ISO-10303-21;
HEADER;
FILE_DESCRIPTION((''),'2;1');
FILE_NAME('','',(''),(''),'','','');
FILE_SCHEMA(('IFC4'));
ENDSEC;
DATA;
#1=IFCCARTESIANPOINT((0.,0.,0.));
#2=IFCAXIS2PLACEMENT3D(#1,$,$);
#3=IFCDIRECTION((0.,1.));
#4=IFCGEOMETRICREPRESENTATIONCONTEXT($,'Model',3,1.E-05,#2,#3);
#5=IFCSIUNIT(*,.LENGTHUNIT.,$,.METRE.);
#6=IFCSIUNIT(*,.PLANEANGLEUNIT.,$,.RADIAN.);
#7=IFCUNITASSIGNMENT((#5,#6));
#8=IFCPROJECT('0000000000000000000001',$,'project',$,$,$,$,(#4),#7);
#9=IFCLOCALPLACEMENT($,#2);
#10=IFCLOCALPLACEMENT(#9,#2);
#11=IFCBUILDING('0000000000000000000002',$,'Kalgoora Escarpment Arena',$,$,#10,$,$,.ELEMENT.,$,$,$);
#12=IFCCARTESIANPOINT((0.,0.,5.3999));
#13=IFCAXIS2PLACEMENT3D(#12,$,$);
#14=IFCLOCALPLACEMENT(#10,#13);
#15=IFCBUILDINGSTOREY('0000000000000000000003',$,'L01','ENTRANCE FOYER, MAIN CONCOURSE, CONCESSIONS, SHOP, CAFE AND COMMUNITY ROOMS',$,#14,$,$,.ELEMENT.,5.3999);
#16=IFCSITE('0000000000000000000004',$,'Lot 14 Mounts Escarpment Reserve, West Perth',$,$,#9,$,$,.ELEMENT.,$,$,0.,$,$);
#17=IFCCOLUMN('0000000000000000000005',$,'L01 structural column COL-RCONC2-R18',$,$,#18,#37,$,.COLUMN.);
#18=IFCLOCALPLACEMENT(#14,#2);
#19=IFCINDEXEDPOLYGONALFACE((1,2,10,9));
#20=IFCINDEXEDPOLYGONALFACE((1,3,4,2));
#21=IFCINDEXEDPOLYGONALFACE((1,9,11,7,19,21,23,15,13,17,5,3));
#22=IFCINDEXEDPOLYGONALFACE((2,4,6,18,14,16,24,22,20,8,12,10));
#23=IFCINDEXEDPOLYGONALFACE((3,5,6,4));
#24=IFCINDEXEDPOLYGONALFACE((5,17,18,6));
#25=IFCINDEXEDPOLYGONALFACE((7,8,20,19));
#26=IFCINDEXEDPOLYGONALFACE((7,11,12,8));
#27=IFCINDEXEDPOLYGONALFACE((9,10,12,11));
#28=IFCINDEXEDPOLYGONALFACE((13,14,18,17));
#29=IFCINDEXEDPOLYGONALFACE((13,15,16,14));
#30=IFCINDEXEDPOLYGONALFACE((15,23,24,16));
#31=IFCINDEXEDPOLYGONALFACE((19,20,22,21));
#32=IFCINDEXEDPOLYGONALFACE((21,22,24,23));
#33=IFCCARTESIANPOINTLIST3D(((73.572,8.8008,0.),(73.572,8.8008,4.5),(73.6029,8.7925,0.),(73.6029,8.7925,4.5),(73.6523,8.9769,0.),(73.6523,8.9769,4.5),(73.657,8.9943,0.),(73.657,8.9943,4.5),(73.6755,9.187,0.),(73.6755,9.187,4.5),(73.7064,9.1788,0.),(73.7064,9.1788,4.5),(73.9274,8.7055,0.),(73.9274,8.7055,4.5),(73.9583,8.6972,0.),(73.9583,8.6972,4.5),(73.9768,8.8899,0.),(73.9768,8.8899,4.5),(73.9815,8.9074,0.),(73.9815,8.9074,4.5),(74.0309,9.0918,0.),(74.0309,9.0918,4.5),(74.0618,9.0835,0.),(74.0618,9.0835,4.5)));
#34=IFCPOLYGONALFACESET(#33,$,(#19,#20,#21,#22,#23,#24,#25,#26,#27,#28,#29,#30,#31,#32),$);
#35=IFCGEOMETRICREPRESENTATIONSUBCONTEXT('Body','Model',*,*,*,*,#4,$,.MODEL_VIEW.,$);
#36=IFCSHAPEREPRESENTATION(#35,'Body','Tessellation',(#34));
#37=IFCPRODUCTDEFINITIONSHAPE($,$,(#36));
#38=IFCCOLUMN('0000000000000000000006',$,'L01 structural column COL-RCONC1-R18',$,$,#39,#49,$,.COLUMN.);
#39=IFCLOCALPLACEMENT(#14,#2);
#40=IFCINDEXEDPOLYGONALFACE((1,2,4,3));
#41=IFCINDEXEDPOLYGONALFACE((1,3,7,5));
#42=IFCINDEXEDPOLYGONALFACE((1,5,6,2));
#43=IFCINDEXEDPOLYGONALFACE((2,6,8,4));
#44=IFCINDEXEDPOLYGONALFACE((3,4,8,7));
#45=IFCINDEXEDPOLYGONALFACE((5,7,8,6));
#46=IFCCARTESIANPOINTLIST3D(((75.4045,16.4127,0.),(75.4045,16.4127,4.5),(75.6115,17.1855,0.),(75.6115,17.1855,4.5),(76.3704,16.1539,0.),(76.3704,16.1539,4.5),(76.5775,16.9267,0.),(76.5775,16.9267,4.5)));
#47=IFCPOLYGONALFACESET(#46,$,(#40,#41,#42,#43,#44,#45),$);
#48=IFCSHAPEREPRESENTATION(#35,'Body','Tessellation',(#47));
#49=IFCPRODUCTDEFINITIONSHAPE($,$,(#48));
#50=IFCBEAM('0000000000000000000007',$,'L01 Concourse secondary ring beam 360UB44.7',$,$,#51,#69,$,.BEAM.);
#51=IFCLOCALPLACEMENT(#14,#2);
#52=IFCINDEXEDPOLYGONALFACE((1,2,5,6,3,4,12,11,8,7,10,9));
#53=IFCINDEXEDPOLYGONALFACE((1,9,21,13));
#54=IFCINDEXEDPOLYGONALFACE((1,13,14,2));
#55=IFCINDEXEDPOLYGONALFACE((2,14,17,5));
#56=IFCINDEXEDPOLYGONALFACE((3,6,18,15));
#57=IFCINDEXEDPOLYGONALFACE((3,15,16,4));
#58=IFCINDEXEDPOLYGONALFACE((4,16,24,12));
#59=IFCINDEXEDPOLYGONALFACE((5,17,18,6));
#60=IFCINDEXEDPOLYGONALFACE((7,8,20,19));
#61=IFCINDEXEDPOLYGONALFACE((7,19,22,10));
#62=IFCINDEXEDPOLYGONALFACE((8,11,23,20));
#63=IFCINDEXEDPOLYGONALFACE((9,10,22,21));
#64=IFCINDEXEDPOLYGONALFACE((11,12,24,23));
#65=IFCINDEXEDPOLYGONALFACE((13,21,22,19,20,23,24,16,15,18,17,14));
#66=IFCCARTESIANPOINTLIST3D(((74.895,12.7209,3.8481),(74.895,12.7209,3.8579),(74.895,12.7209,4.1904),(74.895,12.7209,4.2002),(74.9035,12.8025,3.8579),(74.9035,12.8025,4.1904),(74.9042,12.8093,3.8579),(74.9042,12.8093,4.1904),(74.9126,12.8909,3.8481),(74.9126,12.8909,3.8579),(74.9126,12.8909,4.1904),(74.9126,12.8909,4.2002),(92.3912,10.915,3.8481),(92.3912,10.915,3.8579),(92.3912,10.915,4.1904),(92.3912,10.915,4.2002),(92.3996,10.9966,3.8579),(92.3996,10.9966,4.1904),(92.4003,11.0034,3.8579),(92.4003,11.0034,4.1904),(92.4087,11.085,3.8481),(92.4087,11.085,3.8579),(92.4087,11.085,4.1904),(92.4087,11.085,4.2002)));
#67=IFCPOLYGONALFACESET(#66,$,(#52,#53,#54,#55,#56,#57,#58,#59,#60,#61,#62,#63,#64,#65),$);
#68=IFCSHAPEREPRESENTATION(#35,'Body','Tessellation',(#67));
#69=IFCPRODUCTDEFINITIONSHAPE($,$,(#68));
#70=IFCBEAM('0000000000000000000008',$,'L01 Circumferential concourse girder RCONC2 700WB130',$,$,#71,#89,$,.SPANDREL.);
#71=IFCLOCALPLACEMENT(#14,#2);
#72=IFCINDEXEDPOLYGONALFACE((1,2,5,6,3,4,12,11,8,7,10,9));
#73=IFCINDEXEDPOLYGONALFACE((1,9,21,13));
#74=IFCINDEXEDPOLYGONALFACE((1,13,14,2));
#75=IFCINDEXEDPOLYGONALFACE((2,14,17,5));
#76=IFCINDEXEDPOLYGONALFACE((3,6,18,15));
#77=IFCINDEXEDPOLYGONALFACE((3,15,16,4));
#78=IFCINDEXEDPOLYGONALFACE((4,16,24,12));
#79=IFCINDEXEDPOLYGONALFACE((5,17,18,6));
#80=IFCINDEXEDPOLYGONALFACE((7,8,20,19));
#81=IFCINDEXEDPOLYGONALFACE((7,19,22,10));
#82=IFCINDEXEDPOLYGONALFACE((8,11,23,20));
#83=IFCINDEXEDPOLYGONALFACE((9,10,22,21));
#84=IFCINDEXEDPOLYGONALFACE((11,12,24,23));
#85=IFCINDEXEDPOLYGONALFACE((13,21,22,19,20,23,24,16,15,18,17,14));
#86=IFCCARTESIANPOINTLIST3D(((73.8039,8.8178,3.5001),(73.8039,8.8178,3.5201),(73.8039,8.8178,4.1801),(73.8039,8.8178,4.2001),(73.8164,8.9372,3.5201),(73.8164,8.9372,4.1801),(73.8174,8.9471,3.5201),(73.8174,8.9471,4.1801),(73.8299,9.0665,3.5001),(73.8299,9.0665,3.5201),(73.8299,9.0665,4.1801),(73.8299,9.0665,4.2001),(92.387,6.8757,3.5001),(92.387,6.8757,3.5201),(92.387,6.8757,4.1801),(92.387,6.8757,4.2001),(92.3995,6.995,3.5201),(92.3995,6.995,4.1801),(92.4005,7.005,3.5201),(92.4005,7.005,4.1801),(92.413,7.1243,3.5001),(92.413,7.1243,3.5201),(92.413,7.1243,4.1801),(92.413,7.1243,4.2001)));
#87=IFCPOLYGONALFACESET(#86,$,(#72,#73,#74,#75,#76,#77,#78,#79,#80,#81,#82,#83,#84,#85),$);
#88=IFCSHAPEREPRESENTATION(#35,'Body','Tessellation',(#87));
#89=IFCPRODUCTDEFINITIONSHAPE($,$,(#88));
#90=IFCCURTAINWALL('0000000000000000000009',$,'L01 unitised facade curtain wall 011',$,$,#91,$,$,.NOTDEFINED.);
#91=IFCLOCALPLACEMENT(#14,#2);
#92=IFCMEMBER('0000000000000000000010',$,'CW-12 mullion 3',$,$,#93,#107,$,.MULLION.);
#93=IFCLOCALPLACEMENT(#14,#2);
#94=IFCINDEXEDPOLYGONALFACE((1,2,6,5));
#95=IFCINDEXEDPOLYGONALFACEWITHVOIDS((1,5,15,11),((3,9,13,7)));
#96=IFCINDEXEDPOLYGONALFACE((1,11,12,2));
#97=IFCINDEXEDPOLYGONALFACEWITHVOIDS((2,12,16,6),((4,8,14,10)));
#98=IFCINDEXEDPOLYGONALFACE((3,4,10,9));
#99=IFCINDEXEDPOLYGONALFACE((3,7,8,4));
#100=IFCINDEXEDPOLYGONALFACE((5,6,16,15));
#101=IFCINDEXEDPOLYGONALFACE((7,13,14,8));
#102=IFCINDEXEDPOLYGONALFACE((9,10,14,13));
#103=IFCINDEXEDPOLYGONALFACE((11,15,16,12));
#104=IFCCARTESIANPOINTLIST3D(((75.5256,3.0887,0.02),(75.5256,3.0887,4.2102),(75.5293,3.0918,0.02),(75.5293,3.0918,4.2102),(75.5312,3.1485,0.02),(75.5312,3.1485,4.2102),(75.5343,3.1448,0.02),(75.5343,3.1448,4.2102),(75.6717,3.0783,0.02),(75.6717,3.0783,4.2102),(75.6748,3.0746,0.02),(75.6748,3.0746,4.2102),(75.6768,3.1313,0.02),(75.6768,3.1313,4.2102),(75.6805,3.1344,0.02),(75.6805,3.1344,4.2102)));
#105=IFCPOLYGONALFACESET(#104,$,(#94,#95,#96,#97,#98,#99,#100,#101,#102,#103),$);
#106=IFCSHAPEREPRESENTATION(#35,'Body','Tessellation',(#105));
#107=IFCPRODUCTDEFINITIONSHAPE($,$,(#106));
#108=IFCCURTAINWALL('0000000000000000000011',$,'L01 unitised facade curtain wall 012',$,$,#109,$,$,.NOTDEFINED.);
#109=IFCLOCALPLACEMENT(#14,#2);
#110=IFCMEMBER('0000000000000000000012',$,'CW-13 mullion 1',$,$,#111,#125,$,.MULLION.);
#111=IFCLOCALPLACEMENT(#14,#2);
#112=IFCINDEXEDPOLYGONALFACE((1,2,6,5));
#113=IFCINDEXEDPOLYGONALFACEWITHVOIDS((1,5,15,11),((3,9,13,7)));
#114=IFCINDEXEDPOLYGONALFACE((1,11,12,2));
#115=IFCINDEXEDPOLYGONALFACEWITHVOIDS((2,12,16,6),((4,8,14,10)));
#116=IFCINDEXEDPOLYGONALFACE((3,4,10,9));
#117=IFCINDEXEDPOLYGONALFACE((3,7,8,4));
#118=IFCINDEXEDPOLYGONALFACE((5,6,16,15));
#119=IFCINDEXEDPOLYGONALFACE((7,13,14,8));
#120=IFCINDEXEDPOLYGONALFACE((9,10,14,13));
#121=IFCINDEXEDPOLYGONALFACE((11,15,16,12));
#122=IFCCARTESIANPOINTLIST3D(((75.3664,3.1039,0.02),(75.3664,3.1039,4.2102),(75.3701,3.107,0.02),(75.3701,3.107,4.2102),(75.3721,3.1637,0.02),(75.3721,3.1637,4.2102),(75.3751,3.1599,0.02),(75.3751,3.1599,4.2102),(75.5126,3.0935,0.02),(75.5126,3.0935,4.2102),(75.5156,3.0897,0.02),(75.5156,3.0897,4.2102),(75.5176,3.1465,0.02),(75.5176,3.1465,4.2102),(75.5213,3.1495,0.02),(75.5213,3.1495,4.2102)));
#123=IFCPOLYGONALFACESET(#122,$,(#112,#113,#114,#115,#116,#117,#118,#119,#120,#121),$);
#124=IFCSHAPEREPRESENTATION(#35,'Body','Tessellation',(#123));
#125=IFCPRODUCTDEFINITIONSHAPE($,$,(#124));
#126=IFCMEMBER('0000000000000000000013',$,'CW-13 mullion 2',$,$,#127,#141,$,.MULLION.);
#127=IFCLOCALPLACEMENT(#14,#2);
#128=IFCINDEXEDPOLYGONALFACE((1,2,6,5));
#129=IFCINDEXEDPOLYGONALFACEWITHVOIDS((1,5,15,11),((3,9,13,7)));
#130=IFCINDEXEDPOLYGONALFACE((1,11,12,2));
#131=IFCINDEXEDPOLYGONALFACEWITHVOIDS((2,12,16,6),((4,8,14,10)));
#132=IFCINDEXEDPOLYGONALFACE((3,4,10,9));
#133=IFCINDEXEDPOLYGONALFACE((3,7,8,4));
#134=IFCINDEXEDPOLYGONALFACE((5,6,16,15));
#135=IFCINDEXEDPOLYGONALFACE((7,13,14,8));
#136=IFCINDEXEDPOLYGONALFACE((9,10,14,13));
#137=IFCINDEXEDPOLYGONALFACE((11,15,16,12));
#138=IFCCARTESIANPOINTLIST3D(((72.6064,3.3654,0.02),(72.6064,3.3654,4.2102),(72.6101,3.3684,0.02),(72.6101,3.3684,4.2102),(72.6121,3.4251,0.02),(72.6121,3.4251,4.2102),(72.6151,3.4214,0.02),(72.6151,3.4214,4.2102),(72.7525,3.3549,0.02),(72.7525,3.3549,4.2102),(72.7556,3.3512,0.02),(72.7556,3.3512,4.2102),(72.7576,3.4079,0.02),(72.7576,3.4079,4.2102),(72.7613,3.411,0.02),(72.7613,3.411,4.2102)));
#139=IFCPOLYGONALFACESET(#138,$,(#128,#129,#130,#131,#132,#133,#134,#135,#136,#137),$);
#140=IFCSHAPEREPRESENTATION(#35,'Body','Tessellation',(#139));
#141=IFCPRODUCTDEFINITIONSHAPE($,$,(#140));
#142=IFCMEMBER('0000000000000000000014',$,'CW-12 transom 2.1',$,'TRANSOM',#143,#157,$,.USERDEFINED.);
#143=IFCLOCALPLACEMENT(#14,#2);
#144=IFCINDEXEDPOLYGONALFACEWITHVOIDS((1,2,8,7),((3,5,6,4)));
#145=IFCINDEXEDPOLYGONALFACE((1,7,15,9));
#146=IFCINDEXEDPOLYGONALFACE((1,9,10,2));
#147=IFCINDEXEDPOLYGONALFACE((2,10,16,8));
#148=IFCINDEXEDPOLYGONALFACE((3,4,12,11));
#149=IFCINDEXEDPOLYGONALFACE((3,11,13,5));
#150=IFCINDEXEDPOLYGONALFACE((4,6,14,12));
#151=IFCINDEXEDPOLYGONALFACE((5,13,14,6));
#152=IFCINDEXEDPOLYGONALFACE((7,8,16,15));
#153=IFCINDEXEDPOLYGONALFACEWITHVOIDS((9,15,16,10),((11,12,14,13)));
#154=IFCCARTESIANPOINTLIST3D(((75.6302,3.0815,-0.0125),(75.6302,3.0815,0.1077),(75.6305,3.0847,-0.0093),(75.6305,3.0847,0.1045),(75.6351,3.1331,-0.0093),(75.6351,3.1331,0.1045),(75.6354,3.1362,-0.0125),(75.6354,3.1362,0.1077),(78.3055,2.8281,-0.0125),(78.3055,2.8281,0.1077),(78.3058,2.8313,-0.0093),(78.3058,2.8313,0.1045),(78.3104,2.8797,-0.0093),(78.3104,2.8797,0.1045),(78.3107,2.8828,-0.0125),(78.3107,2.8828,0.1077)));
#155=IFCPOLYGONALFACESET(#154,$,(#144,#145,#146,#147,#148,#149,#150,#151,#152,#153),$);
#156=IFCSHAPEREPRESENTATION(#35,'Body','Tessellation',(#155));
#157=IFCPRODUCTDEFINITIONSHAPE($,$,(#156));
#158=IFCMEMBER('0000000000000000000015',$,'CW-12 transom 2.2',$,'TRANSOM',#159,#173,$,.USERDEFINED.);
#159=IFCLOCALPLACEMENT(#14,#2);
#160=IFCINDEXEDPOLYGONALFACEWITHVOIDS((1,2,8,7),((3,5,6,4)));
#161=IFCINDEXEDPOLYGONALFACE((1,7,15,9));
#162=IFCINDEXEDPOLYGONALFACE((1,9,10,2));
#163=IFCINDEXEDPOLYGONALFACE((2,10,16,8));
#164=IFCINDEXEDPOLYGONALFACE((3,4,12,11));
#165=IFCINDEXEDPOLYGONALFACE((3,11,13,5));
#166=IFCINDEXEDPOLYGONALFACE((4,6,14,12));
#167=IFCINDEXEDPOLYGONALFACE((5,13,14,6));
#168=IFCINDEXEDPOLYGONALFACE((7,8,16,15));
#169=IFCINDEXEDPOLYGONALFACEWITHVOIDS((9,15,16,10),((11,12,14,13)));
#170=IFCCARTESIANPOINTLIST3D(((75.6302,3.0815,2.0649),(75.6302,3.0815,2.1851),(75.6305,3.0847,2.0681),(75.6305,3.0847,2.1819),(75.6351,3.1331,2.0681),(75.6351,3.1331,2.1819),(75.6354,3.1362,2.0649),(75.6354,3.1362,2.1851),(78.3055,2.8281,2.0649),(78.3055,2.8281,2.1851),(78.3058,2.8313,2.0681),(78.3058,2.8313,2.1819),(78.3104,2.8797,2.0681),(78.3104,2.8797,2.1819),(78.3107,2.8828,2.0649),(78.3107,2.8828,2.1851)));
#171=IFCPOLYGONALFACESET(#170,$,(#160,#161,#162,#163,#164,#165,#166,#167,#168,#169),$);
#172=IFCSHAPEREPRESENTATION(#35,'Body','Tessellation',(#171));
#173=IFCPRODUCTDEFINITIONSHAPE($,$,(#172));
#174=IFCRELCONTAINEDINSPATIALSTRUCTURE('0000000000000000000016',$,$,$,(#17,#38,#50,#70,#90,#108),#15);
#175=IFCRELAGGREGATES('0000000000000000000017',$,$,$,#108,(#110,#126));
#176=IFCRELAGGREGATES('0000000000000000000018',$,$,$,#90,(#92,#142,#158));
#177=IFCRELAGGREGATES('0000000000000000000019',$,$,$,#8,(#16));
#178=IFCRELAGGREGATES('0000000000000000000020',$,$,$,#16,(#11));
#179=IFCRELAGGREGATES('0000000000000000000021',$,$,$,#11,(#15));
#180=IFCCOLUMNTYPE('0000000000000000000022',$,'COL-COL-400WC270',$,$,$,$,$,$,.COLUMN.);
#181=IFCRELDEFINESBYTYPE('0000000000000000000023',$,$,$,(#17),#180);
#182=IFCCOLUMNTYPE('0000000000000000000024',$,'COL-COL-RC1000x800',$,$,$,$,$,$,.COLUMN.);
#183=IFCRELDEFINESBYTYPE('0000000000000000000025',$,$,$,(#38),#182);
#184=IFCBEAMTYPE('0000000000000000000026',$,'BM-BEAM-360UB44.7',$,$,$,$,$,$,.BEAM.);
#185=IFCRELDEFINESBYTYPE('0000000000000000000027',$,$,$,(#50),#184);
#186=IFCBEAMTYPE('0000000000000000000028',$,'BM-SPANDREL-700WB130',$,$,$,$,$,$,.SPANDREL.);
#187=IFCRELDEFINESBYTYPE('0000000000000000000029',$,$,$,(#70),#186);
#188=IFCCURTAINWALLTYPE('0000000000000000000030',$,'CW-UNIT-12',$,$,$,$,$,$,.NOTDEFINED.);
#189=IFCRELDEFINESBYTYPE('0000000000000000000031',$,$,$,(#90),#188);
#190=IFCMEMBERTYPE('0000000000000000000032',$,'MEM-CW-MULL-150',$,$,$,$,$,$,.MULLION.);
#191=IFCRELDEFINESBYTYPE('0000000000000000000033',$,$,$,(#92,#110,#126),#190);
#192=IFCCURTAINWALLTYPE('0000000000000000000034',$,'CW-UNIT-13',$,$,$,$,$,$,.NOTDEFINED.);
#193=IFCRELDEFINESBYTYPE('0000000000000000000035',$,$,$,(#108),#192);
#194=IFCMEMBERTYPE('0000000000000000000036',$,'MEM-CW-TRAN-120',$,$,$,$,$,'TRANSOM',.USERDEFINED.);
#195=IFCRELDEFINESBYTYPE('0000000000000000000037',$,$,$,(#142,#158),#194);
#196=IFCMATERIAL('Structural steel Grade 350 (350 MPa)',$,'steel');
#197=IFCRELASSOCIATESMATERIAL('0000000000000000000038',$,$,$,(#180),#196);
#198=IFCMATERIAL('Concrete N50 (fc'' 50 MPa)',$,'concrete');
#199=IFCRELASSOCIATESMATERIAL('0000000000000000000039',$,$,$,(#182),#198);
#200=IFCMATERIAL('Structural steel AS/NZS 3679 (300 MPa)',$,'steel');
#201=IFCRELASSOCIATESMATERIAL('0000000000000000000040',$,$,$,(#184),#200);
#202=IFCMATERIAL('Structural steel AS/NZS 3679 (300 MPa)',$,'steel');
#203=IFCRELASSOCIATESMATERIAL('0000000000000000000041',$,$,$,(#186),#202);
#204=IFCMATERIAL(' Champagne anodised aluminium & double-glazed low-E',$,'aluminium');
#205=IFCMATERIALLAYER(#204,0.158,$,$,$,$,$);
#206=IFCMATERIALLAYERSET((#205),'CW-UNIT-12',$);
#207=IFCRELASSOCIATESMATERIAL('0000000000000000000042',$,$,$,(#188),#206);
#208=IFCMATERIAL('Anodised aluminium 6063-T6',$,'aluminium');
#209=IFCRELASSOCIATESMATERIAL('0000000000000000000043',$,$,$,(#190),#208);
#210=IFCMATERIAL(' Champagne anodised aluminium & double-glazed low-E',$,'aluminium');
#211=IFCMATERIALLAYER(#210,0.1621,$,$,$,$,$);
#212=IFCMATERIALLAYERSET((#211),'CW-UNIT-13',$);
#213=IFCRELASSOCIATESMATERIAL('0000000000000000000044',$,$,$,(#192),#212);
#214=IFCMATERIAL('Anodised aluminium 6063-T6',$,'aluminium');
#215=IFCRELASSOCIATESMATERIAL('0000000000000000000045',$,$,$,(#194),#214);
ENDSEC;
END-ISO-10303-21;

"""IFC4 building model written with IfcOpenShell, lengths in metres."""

from ifc_helpers import new_model, si_unit, direction, frame, origin, origin_2d, place, context, subcontext, project, spatial, rectangle, hollow_rectangle, i_section, extrude, material, layer, layer_set, material_profile, profile_set, type_object, element, aggregate, save


model = new_model("IFC4")

# Units and contexts
model_context = context("Model", 3, precision=1e-05, world=origin(), true_north=direction((0.0, 1.0)))
body_context = subcontext(model_context, "Body", "Model", "MODEL_VIEW")
ifc_project = project(units=[si_unit("LENGTHUNIT", "METRE"), si_unit("PLANEANGLEUNIT", "RADIAN")], contexts=[model_context])

# Site, building, storey
site_placement = place(None, origin())
site = spatial("IfcSite", under=ifc_project, at=site_placement, Name="Lot 14 Mounts Escarpment Reserve, West Perth", CompositionType="ELEMENT", RefElevation=0.0)
building_placement = place(site_placement, origin())
building = spatial("IfcBuilding", under=site, at=building_placement, Name="Kalgoora Escarpment Arena", CompositionType="ELEMENT")
storey_placement = place(building_placement, frame((0.0, 0.0, 5.3999)))
storey = spatial("IfcBuildingStorey", under=building, at=storey_placement, Name="L01", Description="ENTRANCE FOYER, MAIN CONCOURSE, CONCESSIONS, SHOP, CAFE AND COMMUNITY ROOMS", CompositionType="ELEMENT", Elevation=5.3999)

# Columns
ifc_material_1 = material(Name="Structural steel Grade 350 (350 MPa)", Category="steel")
ifc_material_profile_1 = material_profile(ifc_material_1, i_section(OverallWidth=0.3999, OverallDepth=0.3999, WebThickness=0.0181, FlangeThickness=0.032, at=origin_2d()))
ifc_profile_set_1 = profile_set([ifc_material_profile_1], Name="Structural steel Grade 350 (350 MPa)")
column_type_1 = type_object("IfcColumnType", Name="COL-COL-400WC270", PredefinedType="COLUMN", material=ifc_profile_set_1)
column_1_placement = place(storey_placement, frame((73.8169, 8.9421, 0.0), z_axis=(0.0, 0.0, 1.0), x_axis=(-0.258819, -0.965926, 0.0)))
element("IfcColumn", 1, at=column_1_placement, inside=storey, type_object=column_type_1, Name="L01 structural column COL-RCONC2-R18", PredefinedType="COLUMN", context=body_context, shape_type="SweptSolid", body=[
    extrude(i_section(OverallWidth=0.3999, OverallDepth=0.3999, WebThickness=0.0181, FlangeThickness=0.032, at=origin_2d()), origin(), (0.0, 0.0, 1.0), 4.5),
])
ifc_material_2 = material(Name="Concrete N50 (fc' 50 MPa)", Category="concrete")
ifc_material_profile_2 = material_profile(ifc_material_2, rectangle(XDim=0.8, YDim=1.0, at=origin_2d()))
ifc_profile_set_2 = profile_set([ifc_material_profile_2], Name="Concrete N50 (fc' 50 MPa)")
column_type_2 = type_object("IfcColumnType", Name="COL-COL-RC1000x800", PredefinedType="COLUMN", material=ifc_profile_set_2)
column_2_placement = place(storey_placement, frame((75.991, 16.6697, 0.0), z_axis=(0.0, 0.0, 1.0), x_axis=(-0.258819, -0.965926, 0.0)))
element("IfcColumn", 2, at=column_2_placement, inside=storey, type_object=column_type_2, Name="L01 structural column COL-RCONC1-R18", PredefinedType="COLUMN", context=body_context, shape_type="SweptSolid", body=[
    extrude(rectangle(XDim=0.8, YDim=1.0, at=origin_2d()), origin(), (0.0, 0.0, 1.0), 4.5),
])

# Beams
ifc_material_3 = material(Name="Structural steel AS/NZS 3679 (300 MPa)", Category="steel")
ifc_material_profile_3 = material_profile(ifc_material_3, i_section(OverallWidth=0.1709, OverallDepth=0.3521, WebThickness=0.0068, FlangeThickness=0.0098, at=origin_2d()))
ifc_profile_set_3 = profile_set([ifc_material_profile_3], Name="Structural steel AS/NZS 3679 (300 MPa)")
beam_type_1 = type_object("IfcBeamType", Name="BM-BEAM-360UB44.7", PredefinedType="BEAM", material=ifc_profile_set_3)
beam_1_placement = place(storey_placement, frame((74.9038, 12.8059, 4.0242), z_axis=(0.994715, -0.102672, 0.0), x_axis=(0.102672, 0.994715, 0.0)))
element("IfcBeam", 3, at=beam_1_placement, inside=storey, type_object=beam_type_1, Name="L01 Concourse secondary ring beam 360UB44.7", PredefinedType="BEAM", context=body_context, shape_type="SweptSolid", body=[
    extrude(i_section(OverallWidth=0.1709, OverallDepth=0.3521, WebThickness=0.0068, FlangeThickness=0.0098, at=origin_2d()), origin(), (0.0, 0.0, 1.0), 17.5891),
])
ifc_material_4 = material(Name="Structural steel AS/NZS 3679 (300 MPa)", Category="steel")
ifc_material_profile_4 = material_profile(ifc_material_4, i_section(OverallWidth=0.25, OverallDepth=0.7, WebThickness=0.01, FlangeThickness=0.02, at=origin_2d()))
ifc_profile_set_4 = profile_set([ifc_material_profile_4], Name="Structural steel AS/NZS 3679 (300 MPa)")
beam_type_2 = type_object("IfcBeamType", Name="BM-SPANDREL-700WB130", PredefinedType="SPANDREL", material=ifc_profile_set_4)
beam_2_placement = place(storey_placement, frame((73.8169, 8.9421, 3.8501), z_axis=(0.994583, -0.103945, 0.0), x_axis=(0.103945, 0.994583, 0.0)))
element("IfcBeam", 4, at=beam_2_placement, inside=storey, type_object=beam_type_2, Name="L01 Circumferential concourse girder RCONC2 700WB130", PredefinedType="SPANDREL", context=body_context, shape_type="SweptSolid", body=[
    extrude(i_section(OverallWidth=0.25, OverallDepth=0.7, WebThickness=0.01, FlangeThickness=0.02, at=origin_2d()), origin(), (0.0, 0.0, 1.0), 18.6843),
])

# Curtain wall, member
ifc_material_5 = material(Name=" Champagne anodised aluminium & double-glazed low-E", Category="aluminium")
ifc_layer_1 = layer(ifc_material_5, 0.158)
ifc_layer_set_1 = layer_set([ifc_layer_1], Name="CW-UNIT-12")
curtain_wall_type_1 = type_object("IfcCurtainWallType", Name="CW-UNIT-12", PredefinedType="NOTDEFINED", material=ifc_layer_set_1)
curtain_wall_1_placement = place(storey_placement, origin())
curtain_wall_1 = element("IfcCurtainWall", 5, at=curtain_wall_1_placement, inside=storey, type_object=curtain_wall_type_1, Name="L01 unitised facade curtain wall 011", PredefinedType="NOTDEFINED")
ifc_material_6 = material(Name="Anodised aluminium 6063-T6", Category="aluminium")
ifc_material_profile_5 = material_profile(ifc_material_6, hollow_rectangle(XDim=0.0601, YDim=0.1499, WallThickness=0.0034, at=origin_2d()))
ifc_profile_set_5 = profile_set([ifc_material_profile_5], Name="Anodised aluminium 6063-T6")
member_type_1 = type_object("IfcMemberType", Name="MEM-CW-MULL-150", PredefinedType="MULLION", material=ifc_profile_set_5)
member_1_placement = place(storey_placement, frame((75.603, 3.1116, 0.02), z_axis=(0.0, 0.0, 1.0), x_axis=(-0.094301, -0.995544, 0.0)))
member_1 = element("IfcMember", 6, at=member_1_placement, type_object=member_type_1, Name="CW-12 mullion 3", PredefinedType="MULLION", context=body_context, shape_type="SweptSolid", body=[
    extrude(hollow_rectangle(XDim=0.0601, YDim=0.1499, WallThickness=0.0034, at=origin_2d()), origin(), (0.0, 0.0, 1.0), 4.1902),
])

# Curtain wall, members
ifc_material_7 = material(Name=" Champagne anodised aluminium & double-glazed low-E", Category="aluminium")
ifc_layer_2 = layer(ifc_material_7, 0.1621)
ifc_layer_set_2 = layer_set([ifc_layer_2], Name="CW-UNIT-13")
curtain_wall_type_2 = type_object("IfcCurtainWallType", Name="CW-UNIT-13", PredefinedType="NOTDEFINED", material=ifc_layer_set_2)
curtain_wall_2_placement = place(storey_placement, origin())
curtain_wall_2 = element("IfcCurtainWall", 7, at=curtain_wall_2_placement, inside=storey, type_object=curtain_wall_type_2, Name="L01 unitised facade curtain wall 012", PredefinedType="NOTDEFINED")
member_2_placement = place(storey_placement, frame((75.4438, 3.1267, 0.02), z_axis=(0.0, 0.0, 1.0), x_axis=(-0.094316, -0.995542, 0.0)))
member_2 = element("IfcMember", 8, at=member_2_placement, type_object=member_type_1, Name="CW-13 mullion 1", PredefinedType="MULLION", context=body_context, shape_type="SweptSolid", body=[
    extrude(hollow_rectangle(XDim=0.0601, YDim=0.1499, WallThickness=0.0034, at=origin_2d()), origin(), (0.0, 0.0, 1.0), 4.1902),
])
member_3_placement = place(storey_placement, frame((72.6838, 3.3882, 0.02), z_axis=(0.0, 0.0, 1.0), x_axis=(-0.094316, -0.995542, 0.0)))
member_3 = element("IfcMember", 9, at=member_3_placement, type_object=member_type_1, Name="CW-13 mullion 2", PredefinedType="MULLION", context=body_context, shape_type="SweptSolid", body=[
    extrude(hollow_rectangle(XDim=0.0601, YDim=0.1499, WallThickness=0.0034, at=origin_2d()), origin(), (0.0, 0.0, 1.0), 4.1902),
])

# Members
ifc_material_8 = material(Name="Anodised aluminium 6063-T6", Category="aluminium")
ifc_material_profile_6 = material_profile(ifc_material_8, hollow_rectangle(XDim=0.0549, YDim=0.1201, WallThickness=0.0032, at=origin_2d()))
ifc_profile_set_6 = profile_set([ifc_material_profile_6], Name="Anodised aluminium 6063-T6")
member_type_2 = type_object("IfcMemberType", Name="MEM-CW-TRAN-120", ElementType="TRANSOM", PredefinedType="USERDEFINED", material=ifc_profile_set_6)
member_4_placement = place(storey_placement, frame((78.3081, 2.8555, 0.0476), z_axis=(-0.995544, 0.094303, 0.0), x_axis=(-0.094303, -0.995544, 0.0)))
member_4 = element("IfcMember", 10, at=member_4_placement, type_object=member_type_2, Name="CW-12 transom 2.1", ObjectType="TRANSOM", PredefinedType="USERDEFINED", context=body_context, shape_type="SweptSolid", body=[
    extrude(hollow_rectangle(XDim=0.0549, YDim=0.1201, WallThickness=0.0032, at=origin_2d()), origin(), (0.0, 0.0, 1.0), 2.6873),
])
member_5_placement = place(storey_placement, frame((78.3081, 2.8555, 2.125), z_axis=(-0.995544, 0.094303, 0.0), x_axis=(-0.094303, -0.995544, 0.0)))
member_5 = element("IfcMember", 11, at=member_5_placement, type_object=member_type_2, Name="CW-12 transom 2.2", ObjectType="TRANSOM", PredefinedType="USERDEFINED", context=body_context, shape_type="SweptSolid", body=[
    extrude(hollow_rectangle(XDim=0.0549, YDim=0.1201, WallThickness=0.0032, at=origin_2d()), origin(), (0.0, 0.0, 1.0), 2.6873),
])

aggregate(curtain_wall_2, [member_2, member_3])
aggregate(curtain_wall_1, [member_1, member_4, member_5])

save(model, "model.ifc")
